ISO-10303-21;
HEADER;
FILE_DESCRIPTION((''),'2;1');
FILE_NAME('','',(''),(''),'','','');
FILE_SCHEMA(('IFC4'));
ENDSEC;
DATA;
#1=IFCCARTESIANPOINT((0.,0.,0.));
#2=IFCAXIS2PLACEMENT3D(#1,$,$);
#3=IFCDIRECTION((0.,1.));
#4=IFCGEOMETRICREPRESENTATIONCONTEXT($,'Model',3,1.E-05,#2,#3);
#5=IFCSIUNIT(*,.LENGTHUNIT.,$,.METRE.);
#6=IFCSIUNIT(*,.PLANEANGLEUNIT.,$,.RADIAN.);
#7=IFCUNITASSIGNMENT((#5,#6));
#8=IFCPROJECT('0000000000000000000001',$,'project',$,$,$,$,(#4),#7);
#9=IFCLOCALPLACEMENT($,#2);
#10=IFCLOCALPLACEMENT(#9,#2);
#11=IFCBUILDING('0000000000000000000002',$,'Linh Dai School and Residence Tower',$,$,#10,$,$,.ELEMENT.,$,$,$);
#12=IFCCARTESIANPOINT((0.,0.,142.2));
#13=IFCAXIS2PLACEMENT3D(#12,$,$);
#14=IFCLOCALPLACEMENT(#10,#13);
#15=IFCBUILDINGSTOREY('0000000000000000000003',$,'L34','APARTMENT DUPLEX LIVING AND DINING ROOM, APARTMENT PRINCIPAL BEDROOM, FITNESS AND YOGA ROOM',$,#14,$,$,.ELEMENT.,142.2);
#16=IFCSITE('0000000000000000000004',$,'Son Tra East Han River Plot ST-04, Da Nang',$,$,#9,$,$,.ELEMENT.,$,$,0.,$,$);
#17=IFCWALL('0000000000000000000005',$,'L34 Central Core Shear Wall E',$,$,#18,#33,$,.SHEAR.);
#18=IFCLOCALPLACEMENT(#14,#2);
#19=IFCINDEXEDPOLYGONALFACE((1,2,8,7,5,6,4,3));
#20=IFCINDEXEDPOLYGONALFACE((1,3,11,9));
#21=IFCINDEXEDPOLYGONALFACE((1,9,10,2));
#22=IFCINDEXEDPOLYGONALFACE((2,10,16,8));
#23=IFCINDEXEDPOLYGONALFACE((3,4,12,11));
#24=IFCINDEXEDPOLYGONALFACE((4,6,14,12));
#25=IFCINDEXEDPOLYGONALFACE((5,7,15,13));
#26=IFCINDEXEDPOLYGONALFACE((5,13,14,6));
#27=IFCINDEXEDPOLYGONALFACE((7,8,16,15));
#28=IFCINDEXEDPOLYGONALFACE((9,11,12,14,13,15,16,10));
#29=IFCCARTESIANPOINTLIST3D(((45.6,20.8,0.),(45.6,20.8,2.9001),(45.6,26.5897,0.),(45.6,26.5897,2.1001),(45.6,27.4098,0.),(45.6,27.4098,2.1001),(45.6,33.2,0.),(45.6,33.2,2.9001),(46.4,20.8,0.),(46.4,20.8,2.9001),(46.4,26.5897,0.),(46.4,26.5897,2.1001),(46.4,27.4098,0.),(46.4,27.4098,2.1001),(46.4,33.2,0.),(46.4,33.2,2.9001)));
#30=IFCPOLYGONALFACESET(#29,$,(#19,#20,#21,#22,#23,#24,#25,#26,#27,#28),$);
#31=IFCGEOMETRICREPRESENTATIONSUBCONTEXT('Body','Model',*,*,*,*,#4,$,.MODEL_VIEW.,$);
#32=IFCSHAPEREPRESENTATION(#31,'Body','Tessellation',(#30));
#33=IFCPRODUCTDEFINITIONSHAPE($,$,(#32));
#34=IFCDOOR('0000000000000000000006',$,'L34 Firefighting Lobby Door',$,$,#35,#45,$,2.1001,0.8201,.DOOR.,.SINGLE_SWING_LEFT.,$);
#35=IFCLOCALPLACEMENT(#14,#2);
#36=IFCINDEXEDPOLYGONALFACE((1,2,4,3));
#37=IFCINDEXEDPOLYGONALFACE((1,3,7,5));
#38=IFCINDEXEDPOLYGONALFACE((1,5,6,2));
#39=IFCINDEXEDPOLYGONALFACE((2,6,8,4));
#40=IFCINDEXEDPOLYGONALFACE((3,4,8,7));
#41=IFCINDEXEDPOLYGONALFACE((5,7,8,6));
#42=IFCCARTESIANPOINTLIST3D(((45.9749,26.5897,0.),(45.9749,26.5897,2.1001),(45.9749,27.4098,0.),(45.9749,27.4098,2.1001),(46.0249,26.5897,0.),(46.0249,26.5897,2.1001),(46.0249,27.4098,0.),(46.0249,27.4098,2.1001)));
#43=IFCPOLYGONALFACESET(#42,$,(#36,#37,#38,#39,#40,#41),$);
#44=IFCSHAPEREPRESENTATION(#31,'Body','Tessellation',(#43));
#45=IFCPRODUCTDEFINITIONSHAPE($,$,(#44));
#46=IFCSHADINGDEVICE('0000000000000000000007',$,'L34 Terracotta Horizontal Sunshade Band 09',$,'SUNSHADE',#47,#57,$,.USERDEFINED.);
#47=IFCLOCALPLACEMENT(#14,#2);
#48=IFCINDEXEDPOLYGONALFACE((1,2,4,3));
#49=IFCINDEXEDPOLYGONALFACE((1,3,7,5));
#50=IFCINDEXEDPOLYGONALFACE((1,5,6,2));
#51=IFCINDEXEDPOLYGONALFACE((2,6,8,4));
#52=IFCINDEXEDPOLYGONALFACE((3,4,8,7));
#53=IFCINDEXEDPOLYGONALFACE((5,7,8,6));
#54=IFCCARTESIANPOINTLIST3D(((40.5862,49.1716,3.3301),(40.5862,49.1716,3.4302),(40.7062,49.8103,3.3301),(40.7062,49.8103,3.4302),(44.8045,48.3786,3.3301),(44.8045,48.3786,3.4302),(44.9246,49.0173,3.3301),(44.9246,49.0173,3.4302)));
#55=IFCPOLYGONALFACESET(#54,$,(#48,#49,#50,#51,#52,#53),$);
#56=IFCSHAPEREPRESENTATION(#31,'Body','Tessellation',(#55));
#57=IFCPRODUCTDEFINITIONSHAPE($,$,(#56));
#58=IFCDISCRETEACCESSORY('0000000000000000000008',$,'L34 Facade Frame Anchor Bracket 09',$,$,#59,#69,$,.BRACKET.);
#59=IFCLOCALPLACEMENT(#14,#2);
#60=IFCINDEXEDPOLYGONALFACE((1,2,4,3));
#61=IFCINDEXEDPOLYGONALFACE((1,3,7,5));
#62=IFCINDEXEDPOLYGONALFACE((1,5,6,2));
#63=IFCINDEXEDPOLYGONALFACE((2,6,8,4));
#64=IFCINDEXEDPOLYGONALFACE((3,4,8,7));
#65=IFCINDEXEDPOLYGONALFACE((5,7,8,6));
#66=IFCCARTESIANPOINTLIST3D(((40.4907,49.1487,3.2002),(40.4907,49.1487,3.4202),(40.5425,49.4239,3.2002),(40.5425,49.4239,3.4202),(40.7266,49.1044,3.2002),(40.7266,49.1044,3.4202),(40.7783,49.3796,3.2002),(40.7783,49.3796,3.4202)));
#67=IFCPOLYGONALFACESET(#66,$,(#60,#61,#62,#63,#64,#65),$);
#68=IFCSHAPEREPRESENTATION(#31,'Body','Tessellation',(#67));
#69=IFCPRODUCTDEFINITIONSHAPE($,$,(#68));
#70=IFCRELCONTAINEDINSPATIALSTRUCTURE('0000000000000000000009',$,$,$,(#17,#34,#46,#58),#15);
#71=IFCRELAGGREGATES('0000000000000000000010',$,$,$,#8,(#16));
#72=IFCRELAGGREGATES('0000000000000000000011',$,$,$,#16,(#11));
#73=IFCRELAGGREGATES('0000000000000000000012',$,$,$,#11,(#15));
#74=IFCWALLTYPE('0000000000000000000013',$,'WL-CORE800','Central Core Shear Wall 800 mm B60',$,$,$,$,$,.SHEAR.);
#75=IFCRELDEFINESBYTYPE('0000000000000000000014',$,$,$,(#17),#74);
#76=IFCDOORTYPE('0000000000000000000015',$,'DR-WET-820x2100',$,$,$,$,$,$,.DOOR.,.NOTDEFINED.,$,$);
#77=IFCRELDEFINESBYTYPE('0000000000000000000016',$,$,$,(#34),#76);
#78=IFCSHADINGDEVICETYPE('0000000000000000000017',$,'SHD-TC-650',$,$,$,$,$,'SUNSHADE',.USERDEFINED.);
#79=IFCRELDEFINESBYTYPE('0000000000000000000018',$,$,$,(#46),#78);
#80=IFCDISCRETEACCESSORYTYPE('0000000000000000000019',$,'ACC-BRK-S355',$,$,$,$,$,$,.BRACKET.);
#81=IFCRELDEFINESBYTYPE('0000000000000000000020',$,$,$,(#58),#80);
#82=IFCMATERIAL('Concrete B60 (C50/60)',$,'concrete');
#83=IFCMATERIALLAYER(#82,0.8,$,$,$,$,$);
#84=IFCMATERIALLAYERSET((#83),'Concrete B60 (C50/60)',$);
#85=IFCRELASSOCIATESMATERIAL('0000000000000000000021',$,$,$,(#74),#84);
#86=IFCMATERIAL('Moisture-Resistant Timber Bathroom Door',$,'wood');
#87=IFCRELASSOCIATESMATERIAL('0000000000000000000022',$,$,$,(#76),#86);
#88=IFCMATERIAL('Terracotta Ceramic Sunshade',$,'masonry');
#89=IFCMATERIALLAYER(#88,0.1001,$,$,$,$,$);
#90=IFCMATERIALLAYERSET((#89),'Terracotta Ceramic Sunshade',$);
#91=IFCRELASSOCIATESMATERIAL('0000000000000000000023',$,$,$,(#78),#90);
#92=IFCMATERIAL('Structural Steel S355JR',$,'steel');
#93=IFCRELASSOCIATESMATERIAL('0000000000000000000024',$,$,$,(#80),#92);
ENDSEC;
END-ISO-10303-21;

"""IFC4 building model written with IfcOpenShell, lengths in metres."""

from ifc_helpers import new_model, si_unit, direction, frame, frame_2d, origin, origin_2d, place, context, subcontext, project, spatial, rectangle, extrude, source, transform, mapped, material, layer, layer_set, type_object, element, fill, save


model = new_model("IFC4")

# Units and contexts
model_context = context("Model", 3, precision=1e-05, world=origin(), true_north=direction((0.0, 1.0)))
body_context = subcontext(model_context, "Body", "Model", "MODEL_VIEW")
ifc_project = project(units=[si_unit("LENGTHUNIT", "METRE"), si_unit("PLANEANGLEUNIT", "RADIAN")], contexts=[model_context])

# Site, building, storey
site_placement = place(None, origin())
site = spatial("IfcSite", under=ifc_project, at=site_placement, Name="Son Tra East Han River Plot ST-04, Da Nang", CompositionType="ELEMENT", RefElevation=0.0)
building_placement = place(site_placement, origin())
building = spatial("IfcBuilding", under=site, at=building_placement, Name="Linh Dai School and Residence Tower", CompositionType="ELEMENT")
storey_placement = place(building_placement, frame((0.0, 0.0, 142.2)))
storey = spatial("IfcBuildingStorey", under=building, at=storey_placement, Name="L34", Description="APARTMENT DUPLEX LIVING AND DINING ROOM, APARTMENT PRINCIPAL BEDROOM, FITNESS AND YOGA ROOM", CompositionType="ELEMENT", Elevation=142.2)

# Shared definitions
ifc_material_1 = material(Name="Concrete B60 (C50/60)", Category="concrete")

# Shared definitions
ifc_material_2 = material(Name="Structural Steel S355JR", Category="steel")

# Wall, opening, door
ifc_layer_1 = layer(ifc_material_1, 0.8)
ifc_layer_set_1 = layer_set([ifc_layer_1], Name="Concrete B60 (C50/60)")
wall_type_1 = type_object("IfcWallType", Name="WL-CORE800", Description="Central Core Shear Wall 800 mm B60", PredefinedType="SHEAR", material=ifc_layer_set_1)
wall_1_placement = place(storey_placement, frame((46.0, 33.2, 0.0), z_axis=(0.0, 0.0, 1.0), x_axis=(0.0, -1.0, 0.0)))
wall_1 = element("IfcWall", 1, at=wall_1_placement, inside=storey, type_object=wall_type_1, Name="L34 Central Core Shear Wall E", PredefinedType="SHEAR", context=body_context, shape_type="SweptSolid", body=[
    extrude(rectangle(XDim=12.3999, YDim=0.8, at=frame_2d((6.2, 0.0))), origin(), (0.0, 0.0, 1.0), 2.9001),
])
opening_1_placement = place(wall_1_placement, frame((5.79, 0.0, 0.0)))
opening_1 = element("IfcOpeningElement", 2, at=opening_1_placement, cuts=wall_1, PredefinedType="OPENING", context=body_context, shape_type="SweptSolid", body=[
    extrude(rectangle(XDim=0.8201, YDim=2.1001, at=origin_2d()), frame((0.4102, 0.4102, 1.05), z_axis=(0.0, -1.0, 0.0), x_axis=(1.0, 0.0, 0.0)), (0.0, 0.0, 1.0), 0.8201),
])
ifc_material_3 = material(Name="Moisture-Resistant Timber Bathroom Door", Category="wood")
door_type_1 = type_object("IfcDoorType", Name="DR-WET-820x2100", OperationType="NOTDEFINED", PredefinedType="DOOR", material=ifc_material_3)
shared_shape_1 = source(origin(), body_context, "Body", "SweptSolid", [
    extrude(rectangle(XDim=0.8201, YDim=2.1001, at=origin_2d()), frame((0.4102, 0.0249, 1.05), z_axis=(0.0, -1.0, 0.0), x_axis=(1.0, 0.0, 0.0)), (0.0, 0.0, 1.0), 0.05),
])
door_1_placement = place(opening_1_placement, origin())
door_1 = element("IfcDoor", 3, at=door_1_placement, inside=storey, type_object=door_type_1, Name="L34 Firefighting Lobby Door", OperationType="SINGLE_SWING_LEFT", OverallHeight=2.1001, OverallWidth=0.8201, PredefinedType="DOOR", context=body_context, shape_type="MappedRepresentation", body=[
    mapped(shared_shape_1, transform((0.0, 0.0, 0.0), x_axis=(1.0, 0.0, 0.0), y_axis=(0.0, 1.0, 0.0), z_axis=(0.0, 0.0, 1.0), scale=1.0)),
])
fill(opening_1, door_1)

# Shading device
ifc_material_4 = material(Name="Terracotta Ceramic Sunshade", Category="masonry")
ifc_layer_2 = layer(ifc_material_4, 0.1001)
ifc_layer_set_2 = layer_set([ifc_layer_2], Name="Terracotta Ceramic Sunshade")
shading_device_type = type_object("IfcShadingDeviceType", Name="SHD-TC-650", ElementType="SUNSHADE", PredefinedType="USERDEFINED", material=ifc_layer_set_2)
shared_shape_2 = source(origin(), body_context, "Body", "SweptSolid", [
    extrude(rectangle(XDim=4.2922, YDim=0.6499, at=origin_2d()), origin(), (0.0, 0.0, 1.0), 0.1001),
])
shading_device_placement = place(storey_placement, frame((42.7554, 49.0945, 3.3301), z_axis=(0.0, 0.0, 1.0), x_axis=(0.982785, -0.184755, 0.0)))
element("IfcShadingDevice", 4, at=shading_device_placement, inside=storey, type_object=shading_device_type, Name="L34 Terracotta Horizontal Sunshade Band 09", ObjectType="SUNSHADE", PredefinedType="USERDEFINED", context=body_context, shape_type="MappedRepresentation", body=[
    mapped(shared_shape_2, transform((0.0, 0.0, 0.0), x_axis=(1.0, 0.0, 0.0), y_axis=(0.0, 1.0, 0.0), z_axis=(0.0, 0.0, 1.0), scale=1.0)),
])

# Discrete accessory
discrete_accessory_type = type_object("IfcDiscreteAccessoryType", Name="ACC-BRK-S355", PredefinedType="BRACKET", material=ifc_material_2)
shared_shape_3 = source(origin(), body_context, "Body", "SweptSolid", [
    extrude(rectangle(XDim=0.28, YDim=0.24, at=origin_2d()), origin(), (0.0, 0.0, 1.0), 0.22),
])
discrete_accessory_placement = place(storey_placement, frame((40.6345, 49.2642, 3.2002), z_axis=(0.0, 0.0, 1.0), x_axis=(0.184755, 0.982785, 0.0)))
element("IfcDiscreteAccessory", 5, at=discrete_accessory_placement, inside=storey, type_object=discrete_accessory_type, Name="L34 Facade Frame Anchor Bracket 09", PredefinedType="BRACKET", context=body_context, shape_type="MappedRepresentation", body=[
    mapped(shared_shape_3, transform((0.0, 0.0, 0.0), x_axis=(1.0, 0.0, 0.0), y_axis=(0.0, 1.0, 0.0), z_axis=(0.0, 0.0, 1.0), scale=1.0)),
])

save(model, "model.ifc")
